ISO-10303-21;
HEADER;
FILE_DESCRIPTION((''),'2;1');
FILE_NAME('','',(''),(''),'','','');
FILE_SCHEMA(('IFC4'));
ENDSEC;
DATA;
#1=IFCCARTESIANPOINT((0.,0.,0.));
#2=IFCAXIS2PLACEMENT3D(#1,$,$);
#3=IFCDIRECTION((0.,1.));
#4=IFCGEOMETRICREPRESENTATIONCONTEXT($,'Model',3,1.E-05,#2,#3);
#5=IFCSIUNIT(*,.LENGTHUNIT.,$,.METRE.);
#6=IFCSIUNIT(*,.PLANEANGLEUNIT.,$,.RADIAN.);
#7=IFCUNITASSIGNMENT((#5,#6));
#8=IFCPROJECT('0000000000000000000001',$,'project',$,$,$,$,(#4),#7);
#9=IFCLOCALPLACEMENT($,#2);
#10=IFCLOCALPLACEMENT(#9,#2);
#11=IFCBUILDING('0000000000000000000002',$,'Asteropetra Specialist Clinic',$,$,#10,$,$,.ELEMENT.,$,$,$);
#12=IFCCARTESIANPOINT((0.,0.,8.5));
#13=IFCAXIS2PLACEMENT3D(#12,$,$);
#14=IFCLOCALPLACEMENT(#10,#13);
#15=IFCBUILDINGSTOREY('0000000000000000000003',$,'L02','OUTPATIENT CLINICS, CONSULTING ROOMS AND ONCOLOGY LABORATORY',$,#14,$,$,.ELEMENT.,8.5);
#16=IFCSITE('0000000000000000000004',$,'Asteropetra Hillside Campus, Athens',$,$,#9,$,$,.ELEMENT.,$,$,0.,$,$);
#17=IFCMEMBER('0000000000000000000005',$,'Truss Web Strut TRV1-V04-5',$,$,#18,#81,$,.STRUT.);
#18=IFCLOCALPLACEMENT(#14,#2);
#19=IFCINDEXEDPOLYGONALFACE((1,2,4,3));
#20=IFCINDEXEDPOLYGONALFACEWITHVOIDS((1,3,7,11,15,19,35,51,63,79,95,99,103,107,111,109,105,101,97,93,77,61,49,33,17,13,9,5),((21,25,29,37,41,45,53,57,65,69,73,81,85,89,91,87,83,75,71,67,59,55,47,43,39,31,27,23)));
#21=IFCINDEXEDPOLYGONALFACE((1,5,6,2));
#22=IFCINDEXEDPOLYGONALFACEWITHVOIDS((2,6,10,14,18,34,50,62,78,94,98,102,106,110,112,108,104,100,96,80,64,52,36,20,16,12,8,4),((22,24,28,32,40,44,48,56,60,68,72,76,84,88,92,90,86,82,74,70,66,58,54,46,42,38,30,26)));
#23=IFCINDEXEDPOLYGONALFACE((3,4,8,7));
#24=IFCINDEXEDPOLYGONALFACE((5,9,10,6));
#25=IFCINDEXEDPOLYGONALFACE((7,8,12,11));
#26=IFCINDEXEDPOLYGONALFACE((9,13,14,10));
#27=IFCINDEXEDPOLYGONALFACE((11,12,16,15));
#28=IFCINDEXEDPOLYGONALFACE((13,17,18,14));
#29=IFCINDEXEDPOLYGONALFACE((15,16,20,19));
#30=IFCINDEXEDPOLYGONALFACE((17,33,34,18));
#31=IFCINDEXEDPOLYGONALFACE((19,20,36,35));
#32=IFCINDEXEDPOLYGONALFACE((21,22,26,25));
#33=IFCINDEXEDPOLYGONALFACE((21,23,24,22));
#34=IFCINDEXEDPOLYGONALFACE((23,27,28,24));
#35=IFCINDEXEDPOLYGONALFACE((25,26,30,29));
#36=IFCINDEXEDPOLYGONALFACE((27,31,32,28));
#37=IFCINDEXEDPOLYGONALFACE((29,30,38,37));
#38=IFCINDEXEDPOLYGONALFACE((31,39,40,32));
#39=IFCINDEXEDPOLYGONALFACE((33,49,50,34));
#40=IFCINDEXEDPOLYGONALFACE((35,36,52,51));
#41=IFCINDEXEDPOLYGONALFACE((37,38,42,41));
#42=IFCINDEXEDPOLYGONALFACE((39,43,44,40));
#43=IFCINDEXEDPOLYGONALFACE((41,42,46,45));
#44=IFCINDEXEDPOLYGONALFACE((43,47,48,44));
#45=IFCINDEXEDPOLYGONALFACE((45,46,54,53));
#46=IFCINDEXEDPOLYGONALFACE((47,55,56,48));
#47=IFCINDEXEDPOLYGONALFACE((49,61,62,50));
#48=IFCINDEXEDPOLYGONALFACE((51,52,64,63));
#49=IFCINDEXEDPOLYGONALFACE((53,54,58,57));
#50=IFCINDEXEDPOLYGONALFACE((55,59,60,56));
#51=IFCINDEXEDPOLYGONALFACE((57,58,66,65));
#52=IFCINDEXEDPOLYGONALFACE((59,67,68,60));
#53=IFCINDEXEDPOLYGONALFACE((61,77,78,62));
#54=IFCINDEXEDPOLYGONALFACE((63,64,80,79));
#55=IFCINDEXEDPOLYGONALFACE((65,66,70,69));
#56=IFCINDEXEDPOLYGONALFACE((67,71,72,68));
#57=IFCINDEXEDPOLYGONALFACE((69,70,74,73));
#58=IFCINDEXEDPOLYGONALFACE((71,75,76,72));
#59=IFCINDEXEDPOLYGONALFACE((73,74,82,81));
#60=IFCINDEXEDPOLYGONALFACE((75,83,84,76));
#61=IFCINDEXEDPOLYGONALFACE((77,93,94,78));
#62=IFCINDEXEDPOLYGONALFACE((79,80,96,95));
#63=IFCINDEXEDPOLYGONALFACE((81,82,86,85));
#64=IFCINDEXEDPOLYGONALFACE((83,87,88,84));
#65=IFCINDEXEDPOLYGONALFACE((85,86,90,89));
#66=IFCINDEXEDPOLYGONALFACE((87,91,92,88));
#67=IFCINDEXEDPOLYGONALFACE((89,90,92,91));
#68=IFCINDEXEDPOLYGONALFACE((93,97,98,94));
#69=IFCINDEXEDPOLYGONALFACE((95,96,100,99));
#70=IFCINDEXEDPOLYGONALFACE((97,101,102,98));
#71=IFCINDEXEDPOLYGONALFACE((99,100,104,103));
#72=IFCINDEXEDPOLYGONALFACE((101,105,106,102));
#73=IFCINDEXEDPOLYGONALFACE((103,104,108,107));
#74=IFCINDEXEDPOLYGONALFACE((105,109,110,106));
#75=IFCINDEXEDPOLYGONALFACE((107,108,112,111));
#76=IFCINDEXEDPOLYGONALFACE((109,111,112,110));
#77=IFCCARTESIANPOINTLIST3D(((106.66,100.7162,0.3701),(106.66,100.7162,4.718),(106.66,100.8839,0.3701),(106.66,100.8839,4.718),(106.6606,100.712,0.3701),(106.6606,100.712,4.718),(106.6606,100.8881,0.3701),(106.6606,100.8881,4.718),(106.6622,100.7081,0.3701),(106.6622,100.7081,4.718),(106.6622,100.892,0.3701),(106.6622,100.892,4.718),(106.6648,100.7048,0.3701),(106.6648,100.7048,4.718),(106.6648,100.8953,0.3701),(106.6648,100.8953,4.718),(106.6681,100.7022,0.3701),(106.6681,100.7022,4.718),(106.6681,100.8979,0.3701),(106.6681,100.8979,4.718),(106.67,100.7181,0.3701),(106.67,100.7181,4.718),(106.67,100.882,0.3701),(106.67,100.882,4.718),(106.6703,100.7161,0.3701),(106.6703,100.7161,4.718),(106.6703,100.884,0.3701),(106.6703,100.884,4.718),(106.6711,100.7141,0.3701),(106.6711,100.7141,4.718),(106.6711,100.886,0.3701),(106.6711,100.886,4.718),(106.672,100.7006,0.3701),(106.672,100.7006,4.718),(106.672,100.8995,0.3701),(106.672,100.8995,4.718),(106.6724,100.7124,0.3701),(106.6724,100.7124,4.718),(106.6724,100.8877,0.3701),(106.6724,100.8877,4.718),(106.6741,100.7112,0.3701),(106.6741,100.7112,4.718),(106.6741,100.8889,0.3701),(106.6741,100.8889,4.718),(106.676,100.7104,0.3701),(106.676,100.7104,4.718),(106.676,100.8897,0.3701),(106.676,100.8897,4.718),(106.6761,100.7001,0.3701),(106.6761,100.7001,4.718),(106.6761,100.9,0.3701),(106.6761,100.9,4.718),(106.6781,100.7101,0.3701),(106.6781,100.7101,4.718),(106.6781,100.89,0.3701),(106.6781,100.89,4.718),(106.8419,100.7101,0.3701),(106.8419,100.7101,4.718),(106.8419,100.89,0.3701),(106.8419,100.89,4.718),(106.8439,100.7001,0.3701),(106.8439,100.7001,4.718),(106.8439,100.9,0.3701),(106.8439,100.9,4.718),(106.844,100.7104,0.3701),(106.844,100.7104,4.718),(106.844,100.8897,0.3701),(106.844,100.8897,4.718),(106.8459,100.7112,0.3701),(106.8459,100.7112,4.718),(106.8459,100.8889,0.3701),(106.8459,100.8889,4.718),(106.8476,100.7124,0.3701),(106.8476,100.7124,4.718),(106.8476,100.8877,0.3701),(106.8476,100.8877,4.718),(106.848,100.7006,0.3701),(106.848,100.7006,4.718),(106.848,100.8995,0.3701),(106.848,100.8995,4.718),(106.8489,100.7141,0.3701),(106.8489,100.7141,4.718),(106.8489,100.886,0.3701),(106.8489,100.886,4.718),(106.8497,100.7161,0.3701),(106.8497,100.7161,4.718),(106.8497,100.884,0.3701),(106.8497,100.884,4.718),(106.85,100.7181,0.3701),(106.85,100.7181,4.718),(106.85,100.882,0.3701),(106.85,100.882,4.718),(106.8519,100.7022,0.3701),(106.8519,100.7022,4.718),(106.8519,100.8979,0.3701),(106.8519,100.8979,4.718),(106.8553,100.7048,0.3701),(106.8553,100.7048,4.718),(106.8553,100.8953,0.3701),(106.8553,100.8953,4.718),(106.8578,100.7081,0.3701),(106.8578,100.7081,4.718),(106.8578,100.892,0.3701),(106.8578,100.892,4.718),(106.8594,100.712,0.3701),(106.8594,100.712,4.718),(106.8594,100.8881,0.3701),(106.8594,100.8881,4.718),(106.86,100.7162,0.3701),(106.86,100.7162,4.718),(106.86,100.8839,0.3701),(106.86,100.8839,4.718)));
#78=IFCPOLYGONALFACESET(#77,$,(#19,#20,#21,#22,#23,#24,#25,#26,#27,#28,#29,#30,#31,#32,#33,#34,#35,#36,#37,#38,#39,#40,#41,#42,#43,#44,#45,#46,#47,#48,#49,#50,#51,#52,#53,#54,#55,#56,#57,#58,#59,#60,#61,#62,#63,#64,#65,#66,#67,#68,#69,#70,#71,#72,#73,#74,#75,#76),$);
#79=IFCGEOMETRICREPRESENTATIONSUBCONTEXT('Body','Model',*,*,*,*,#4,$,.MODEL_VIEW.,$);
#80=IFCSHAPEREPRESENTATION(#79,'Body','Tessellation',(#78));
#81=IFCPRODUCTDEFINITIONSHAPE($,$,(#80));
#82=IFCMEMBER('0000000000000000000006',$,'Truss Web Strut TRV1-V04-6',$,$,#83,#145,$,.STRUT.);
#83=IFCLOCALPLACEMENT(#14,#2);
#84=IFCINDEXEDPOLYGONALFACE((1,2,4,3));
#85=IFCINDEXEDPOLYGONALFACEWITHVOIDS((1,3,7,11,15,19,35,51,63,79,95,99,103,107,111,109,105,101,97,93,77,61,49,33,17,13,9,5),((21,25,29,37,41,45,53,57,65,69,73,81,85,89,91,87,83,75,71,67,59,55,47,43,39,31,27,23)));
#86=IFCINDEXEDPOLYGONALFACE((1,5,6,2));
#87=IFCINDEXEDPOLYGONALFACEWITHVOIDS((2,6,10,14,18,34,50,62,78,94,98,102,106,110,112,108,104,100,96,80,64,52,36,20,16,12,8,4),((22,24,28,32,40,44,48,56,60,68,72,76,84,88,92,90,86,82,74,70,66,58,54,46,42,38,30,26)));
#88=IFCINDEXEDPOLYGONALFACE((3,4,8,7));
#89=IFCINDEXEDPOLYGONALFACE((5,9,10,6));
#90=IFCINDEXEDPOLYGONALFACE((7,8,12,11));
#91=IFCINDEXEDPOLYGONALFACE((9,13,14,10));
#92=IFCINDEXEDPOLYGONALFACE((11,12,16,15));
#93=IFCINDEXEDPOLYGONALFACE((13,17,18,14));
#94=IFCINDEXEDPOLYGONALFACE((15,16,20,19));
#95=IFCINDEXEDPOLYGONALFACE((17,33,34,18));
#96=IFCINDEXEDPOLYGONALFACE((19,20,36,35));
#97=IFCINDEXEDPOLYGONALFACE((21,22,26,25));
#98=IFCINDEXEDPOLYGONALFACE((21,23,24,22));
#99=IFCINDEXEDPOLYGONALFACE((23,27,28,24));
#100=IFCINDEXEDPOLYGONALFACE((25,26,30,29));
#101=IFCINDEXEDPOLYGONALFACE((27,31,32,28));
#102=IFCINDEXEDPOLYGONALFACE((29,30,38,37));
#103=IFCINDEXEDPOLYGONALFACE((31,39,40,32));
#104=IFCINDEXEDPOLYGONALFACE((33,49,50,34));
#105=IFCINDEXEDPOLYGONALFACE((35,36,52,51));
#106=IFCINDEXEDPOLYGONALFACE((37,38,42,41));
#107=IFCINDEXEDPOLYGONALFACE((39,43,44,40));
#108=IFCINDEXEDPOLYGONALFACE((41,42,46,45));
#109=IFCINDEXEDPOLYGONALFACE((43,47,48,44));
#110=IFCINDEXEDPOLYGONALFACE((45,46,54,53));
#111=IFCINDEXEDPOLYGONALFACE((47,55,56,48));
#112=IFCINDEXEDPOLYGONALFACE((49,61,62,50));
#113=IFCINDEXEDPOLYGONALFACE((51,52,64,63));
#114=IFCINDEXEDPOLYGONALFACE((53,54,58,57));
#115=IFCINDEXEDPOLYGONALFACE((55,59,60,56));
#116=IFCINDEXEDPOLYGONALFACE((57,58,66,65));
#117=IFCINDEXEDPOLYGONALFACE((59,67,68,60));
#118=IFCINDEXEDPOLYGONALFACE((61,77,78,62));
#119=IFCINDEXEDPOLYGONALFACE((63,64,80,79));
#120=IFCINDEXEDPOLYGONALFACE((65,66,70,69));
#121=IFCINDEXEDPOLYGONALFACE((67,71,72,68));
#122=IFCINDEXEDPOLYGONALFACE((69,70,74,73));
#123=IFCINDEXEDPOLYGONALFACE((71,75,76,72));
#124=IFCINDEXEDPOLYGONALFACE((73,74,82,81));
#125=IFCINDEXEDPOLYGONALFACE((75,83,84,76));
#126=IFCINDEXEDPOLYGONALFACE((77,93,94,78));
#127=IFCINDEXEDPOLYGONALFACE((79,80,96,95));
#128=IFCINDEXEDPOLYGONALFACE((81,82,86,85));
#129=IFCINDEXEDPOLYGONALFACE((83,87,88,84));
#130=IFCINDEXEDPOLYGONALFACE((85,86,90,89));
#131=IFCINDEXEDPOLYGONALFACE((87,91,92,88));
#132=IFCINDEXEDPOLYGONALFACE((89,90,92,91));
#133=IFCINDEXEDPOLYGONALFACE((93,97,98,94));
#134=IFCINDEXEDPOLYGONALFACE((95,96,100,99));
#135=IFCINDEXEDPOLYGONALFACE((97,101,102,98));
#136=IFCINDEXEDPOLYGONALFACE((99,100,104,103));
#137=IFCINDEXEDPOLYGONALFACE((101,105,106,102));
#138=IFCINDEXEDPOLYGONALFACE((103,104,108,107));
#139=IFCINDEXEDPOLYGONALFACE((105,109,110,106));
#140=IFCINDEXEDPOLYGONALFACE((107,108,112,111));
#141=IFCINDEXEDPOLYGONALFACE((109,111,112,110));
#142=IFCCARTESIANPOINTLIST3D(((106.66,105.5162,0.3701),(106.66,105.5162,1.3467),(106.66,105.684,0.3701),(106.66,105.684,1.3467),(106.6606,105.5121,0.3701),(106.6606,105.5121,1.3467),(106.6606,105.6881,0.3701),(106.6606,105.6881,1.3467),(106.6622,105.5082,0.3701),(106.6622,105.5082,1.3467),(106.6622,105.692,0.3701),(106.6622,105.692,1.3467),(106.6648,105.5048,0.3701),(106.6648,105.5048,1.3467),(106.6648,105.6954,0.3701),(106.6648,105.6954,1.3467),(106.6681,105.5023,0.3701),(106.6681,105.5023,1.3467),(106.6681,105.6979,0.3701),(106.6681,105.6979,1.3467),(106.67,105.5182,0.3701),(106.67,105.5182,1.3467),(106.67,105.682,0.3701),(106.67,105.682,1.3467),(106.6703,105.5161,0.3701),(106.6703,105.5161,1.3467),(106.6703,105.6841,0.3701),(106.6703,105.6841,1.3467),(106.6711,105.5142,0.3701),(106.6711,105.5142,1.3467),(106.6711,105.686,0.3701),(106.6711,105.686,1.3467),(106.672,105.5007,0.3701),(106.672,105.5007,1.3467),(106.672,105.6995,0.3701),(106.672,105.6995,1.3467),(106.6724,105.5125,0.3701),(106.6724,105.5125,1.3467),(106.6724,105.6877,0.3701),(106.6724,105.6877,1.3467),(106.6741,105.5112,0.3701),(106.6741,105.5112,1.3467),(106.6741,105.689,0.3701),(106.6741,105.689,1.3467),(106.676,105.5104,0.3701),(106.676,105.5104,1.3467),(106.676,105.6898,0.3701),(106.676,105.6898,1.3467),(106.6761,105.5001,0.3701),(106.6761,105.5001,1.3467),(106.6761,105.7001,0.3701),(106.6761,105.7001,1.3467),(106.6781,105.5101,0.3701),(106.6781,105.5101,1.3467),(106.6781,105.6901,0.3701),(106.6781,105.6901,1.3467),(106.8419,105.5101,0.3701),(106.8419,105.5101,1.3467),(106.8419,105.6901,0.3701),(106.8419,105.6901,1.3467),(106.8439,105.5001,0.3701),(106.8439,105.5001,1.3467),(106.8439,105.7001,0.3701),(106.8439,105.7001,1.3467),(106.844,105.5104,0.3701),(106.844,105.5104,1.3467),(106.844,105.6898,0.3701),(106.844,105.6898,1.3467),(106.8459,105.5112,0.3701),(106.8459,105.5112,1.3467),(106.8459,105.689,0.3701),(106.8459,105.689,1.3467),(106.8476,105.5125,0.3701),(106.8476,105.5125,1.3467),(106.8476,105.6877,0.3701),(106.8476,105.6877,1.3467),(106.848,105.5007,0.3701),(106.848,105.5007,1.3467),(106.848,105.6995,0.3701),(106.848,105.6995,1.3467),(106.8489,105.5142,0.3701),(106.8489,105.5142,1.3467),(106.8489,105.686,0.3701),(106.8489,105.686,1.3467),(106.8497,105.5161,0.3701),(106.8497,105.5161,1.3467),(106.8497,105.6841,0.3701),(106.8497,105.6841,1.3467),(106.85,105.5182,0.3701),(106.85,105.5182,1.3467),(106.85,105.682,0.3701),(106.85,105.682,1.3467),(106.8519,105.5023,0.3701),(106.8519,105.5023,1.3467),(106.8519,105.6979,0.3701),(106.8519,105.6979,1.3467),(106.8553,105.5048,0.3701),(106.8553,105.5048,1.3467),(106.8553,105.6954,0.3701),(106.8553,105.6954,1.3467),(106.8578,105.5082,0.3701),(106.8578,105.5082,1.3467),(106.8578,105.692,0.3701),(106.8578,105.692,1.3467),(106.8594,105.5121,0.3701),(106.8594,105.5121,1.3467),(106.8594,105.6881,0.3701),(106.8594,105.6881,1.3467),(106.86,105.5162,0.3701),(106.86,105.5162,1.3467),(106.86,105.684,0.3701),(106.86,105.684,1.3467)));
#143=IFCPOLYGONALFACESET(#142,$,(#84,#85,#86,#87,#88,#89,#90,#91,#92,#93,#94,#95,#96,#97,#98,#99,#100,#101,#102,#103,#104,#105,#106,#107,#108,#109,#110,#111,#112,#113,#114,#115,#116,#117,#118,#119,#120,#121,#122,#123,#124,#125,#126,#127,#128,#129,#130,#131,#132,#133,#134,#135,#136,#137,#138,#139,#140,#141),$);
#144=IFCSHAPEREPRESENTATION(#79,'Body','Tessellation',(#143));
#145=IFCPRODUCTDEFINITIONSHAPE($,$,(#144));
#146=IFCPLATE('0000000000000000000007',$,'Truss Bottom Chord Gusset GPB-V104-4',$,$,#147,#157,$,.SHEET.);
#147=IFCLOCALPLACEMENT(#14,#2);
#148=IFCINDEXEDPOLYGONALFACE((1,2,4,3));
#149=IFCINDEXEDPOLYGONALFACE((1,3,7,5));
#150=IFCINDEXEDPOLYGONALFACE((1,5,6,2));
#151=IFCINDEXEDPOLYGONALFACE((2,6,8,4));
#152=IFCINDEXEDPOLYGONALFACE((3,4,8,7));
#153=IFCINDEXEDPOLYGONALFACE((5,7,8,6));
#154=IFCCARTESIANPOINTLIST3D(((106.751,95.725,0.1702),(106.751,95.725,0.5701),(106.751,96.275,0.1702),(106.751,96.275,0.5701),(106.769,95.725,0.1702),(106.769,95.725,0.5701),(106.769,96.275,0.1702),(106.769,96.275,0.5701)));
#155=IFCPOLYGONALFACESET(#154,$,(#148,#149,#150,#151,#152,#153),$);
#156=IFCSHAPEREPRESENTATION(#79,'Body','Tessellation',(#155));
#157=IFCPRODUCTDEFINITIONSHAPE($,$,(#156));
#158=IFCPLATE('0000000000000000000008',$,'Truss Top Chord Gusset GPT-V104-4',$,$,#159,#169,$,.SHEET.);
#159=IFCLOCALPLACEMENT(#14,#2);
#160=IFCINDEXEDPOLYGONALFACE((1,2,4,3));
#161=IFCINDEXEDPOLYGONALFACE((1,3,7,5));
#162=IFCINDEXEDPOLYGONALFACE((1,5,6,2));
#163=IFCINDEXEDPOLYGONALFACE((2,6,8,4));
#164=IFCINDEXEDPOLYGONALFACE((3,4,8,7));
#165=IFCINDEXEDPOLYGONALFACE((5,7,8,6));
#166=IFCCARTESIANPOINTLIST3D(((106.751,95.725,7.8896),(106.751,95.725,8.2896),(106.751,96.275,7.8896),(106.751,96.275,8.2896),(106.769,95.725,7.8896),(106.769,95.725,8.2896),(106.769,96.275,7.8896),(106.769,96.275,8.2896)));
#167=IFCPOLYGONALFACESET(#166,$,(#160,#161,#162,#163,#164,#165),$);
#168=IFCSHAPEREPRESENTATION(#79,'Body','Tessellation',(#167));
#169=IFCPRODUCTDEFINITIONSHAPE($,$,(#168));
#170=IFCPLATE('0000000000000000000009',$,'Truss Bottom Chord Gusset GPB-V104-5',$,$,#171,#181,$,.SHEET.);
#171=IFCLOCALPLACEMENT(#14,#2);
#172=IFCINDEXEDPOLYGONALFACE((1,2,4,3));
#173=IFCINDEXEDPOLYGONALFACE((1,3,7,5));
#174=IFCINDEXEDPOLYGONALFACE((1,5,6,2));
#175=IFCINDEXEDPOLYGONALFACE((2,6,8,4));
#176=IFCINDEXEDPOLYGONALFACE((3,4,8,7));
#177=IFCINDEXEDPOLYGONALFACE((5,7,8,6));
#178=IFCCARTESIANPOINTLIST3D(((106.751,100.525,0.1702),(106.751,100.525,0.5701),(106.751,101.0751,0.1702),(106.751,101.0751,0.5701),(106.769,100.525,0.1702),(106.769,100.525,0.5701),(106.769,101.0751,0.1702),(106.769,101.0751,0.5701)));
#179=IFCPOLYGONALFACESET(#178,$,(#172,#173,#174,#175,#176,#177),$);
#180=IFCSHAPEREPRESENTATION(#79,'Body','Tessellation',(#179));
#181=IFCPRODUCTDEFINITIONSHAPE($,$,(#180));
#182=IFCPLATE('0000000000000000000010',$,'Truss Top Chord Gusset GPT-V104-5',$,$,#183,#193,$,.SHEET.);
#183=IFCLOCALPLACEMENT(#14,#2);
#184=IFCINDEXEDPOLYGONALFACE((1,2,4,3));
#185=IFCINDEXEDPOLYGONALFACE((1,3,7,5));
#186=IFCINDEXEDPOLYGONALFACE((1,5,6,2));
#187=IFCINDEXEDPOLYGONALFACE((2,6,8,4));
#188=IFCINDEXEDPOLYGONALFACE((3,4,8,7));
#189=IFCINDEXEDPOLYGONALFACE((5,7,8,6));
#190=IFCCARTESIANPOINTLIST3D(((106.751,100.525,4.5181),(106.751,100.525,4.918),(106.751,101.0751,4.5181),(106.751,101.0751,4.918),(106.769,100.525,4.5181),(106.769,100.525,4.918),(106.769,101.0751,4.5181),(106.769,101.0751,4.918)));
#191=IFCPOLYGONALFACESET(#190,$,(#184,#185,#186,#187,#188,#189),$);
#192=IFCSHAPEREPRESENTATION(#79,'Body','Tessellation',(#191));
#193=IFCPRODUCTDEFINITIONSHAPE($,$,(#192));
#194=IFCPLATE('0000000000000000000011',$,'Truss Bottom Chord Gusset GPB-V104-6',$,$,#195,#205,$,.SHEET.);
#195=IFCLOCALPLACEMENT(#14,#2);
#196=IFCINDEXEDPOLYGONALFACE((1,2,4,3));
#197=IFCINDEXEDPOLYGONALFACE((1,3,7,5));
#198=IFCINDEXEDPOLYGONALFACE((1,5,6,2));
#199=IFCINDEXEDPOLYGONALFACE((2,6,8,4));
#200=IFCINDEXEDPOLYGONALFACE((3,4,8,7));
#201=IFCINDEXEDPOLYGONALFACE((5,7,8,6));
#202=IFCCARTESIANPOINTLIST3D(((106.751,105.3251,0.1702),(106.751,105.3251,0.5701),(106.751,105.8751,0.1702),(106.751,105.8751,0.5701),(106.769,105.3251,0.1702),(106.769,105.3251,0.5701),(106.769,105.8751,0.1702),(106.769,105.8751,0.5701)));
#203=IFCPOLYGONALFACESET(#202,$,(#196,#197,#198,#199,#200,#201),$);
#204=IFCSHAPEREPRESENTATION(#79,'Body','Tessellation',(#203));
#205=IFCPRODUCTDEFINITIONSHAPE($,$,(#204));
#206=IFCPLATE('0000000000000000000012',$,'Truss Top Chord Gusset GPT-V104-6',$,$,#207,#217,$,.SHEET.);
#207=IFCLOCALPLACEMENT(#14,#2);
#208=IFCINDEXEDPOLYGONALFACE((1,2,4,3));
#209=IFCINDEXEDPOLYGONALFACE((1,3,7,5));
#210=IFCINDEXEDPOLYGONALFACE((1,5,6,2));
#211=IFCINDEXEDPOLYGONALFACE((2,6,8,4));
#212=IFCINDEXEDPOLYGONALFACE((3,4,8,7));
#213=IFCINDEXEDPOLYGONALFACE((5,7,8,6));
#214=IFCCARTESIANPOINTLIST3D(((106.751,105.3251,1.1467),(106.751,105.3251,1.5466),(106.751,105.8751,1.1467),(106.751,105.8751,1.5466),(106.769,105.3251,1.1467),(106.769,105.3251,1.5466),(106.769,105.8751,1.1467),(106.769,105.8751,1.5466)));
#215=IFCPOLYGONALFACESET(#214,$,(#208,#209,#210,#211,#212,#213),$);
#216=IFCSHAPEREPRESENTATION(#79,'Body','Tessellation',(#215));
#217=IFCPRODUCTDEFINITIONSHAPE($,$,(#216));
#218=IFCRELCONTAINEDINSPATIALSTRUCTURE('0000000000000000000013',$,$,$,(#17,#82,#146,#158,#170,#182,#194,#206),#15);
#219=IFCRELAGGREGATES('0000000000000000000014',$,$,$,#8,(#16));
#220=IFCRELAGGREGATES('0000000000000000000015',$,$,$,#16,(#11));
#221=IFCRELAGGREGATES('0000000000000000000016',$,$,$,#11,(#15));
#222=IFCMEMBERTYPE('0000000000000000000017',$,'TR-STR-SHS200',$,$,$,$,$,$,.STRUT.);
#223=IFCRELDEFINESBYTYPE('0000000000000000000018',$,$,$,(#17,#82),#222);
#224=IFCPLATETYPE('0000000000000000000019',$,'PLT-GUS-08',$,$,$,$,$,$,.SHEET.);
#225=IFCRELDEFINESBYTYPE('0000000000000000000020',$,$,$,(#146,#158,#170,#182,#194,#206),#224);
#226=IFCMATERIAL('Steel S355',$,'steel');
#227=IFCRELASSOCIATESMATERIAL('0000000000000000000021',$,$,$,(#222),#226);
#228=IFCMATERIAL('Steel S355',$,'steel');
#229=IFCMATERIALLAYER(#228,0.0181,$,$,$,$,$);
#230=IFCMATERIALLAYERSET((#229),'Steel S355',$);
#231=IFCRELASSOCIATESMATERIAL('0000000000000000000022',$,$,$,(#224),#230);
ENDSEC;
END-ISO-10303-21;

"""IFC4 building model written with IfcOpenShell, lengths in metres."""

from ifc_helpers import new_model, si_unit, direction, frame, origin, origin_2d, place, context, subcontext, project, spatial, rectangle, hollow_rectangle, extrude, material, layer, layer_set, material_profile, profile_set, type_object, element, save


model = new_model("IFC4")

# Units and contexts
model_context = context("Model", 3, precision=1e-05, world=origin(), true_north=direction((0.0, 1.0)))
body_context = subcontext(model_context, "Body", "Model", "MODEL_VIEW")
ifc_project = project(units=[si_unit("LENGTHUNIT", "METRE"), si_unit("PLANEANGLEUNIT", "RADIAN")], contexts=[model_context])

# Site, building, storey
site_placement = place(None, origin())
site = spatial("IfcSite", under=ifc_project, at=site_placement, Name="Asteropetra Hillside Campus, Athens", CompositionType="ELEMENT", RefElevation=0.0)
building_placement = place(site_placement, origin())
building = spatial("IfcBuilding", under=site, at=building_placement, Name="Asteropetra Specialist Clinic", CompositionType="ELEMENT")
storey_placement = place(building_placement, frame((0.0, 0.0, 8.5)))
storey = spatial("IfcBuildingStorey", under=building, at=storey_placement, Name="L02", Description="OUTPATIENT CLINICS, CONSULTING ROOMS AND ONCOLOGY LABORATORY", CompositionType="ELEMENT", Elevation=8.5)

# Members
ifc_material_1 = material(Name="Steel S355", Category="steel")
ifc_material_profile_1 = material_profile(ifc_material_1, hollow_rectangle(XDim=0.2, YDim=0.2, WallThickness=0.01, InnerFilletRadius=0.0081, OuterFilletRadius=0.0161, at=origin_2d()), Name="SHS 200x200x10.0")
ifc_profile_set_1 = profile_set([ifc_material_profile_1], Name="Steel S355")
member_type_1 = type_object("IfcMemberType", Name="TR-STR-SHS200", PredefinedType="STRUT", material=ifc_profile_set_1)
member_1_placement = place(storey_placement, frame((106.76, 100.8, 0.3701), z_axis=(0.0, 0.0, 1.0), x_axis=(1.0, 0.0, 0.0)))
element("IfcMember", 1, at=member_1_placement, inside=storey, type_object=member_type_1, Name="Truss Web Strut TRV1-V04-5", PredefinedType="STRUT", context=body_context, shape_type="SweptSolid", body=[
    extrude(hollow_rectangle(XDim=0.2, YDim=0.2, WallThickness=0.01, InnerFilletRadius=0.0081, OuterFilletRadius=0.0161, at=origin_2d()), origin(), (0.0, 0.0, 1.0), 4.3479),
])
member_2_placement = place(storey_placement, frame((106.76, 105.6001, 0.3701), z_axis=(0.0, 0.0, 1.0), x_axis=(1.0, 0.0, 0.0)))
element("IfcMember", 2, at=member_2_placement, inside=storey, type_object=member_type_1, Name="Truss Web Strut TRV1-V04-6", PredefinedType="STRUT", context=body_context, shape_type="SweptSolid", body=[
    extrude(hollow_rectangle(XDim=0.2, YDim=0.2, WallThickness=0.01, InnerFilletRadius=0.0081, OuterFilletRadius=0.0161, at=origin_2d()), origin(), (0.0, 0.0, 1.0), 0.9766),
])

# Plates
ifc_material_2 = material(Name="Steel S355", Category="steel")
ifc_layer = layer(ifc_material_2, 0.0181)
ifc_layer_set = layer_set([ifc_layer], Name="Steel S355")
plate_type = type_object("IfcPlateType", Name="PLT-GUS-08", PredefinedType="SHEET", material=ifc_layer_set)
for number, where, z_axis, x_axis, name in (
    (3, (106.76, 96.0, 0.1702), (0.0, 0.0, 1.0), (1.0, 0.0, 0.0), "Truss Bottom Chord Gusset GPB-V104-4"),
    (4, (106.76, 96.0, 7.8896), (0.0, 0.0, 1.0), (1.0, 0.0, 0.0), "Truss Top Chord Gusset GPT-V104-4"),
    (5, (106.76, 100.8, 0.1702), (0.0, 0.0, 1.0), (1.0, 0.0, 0.0), "Truss Bottom Chord Gusset GPB-V104-5"),
    (6, (106.76, 100.8, 4.5181), (0.0, 0.0, 1.0), (1.0, 0.0, 0.0), "Truss Top Chord Gusset GPT-V104-5"),
    (7, (106.76, 105.6001, 0.1702), (0.0, 0.0, 1.0), (1.0, 0.0, 0.0), "Truss Bottom Chord Gusset GPB-V104-6"),
    (8, (106.76, 105.6001, 1.1467), (0.0, 0.0, 1.0), (1.0, 0.0, 0.0), "Truss Top Chord Gusset GPT-V104-6"),
):
    element("IfcPlate", number, at=place(storey_placement, frame(where, z_axis=z_axis, x_axis=x_axis)), inside=storey, type_object=plate_type, Name=name, PredefinedType="SHEET", context=body_context, shape_type="SweptSolid", body=[
        extrude(rectangle(XDim=0.0181, YDim=0.55, at=origin_2d()), origin(), (0.0, 0.0, 1.0), 0.3999),
    ])

save(model, "model.ifc")
